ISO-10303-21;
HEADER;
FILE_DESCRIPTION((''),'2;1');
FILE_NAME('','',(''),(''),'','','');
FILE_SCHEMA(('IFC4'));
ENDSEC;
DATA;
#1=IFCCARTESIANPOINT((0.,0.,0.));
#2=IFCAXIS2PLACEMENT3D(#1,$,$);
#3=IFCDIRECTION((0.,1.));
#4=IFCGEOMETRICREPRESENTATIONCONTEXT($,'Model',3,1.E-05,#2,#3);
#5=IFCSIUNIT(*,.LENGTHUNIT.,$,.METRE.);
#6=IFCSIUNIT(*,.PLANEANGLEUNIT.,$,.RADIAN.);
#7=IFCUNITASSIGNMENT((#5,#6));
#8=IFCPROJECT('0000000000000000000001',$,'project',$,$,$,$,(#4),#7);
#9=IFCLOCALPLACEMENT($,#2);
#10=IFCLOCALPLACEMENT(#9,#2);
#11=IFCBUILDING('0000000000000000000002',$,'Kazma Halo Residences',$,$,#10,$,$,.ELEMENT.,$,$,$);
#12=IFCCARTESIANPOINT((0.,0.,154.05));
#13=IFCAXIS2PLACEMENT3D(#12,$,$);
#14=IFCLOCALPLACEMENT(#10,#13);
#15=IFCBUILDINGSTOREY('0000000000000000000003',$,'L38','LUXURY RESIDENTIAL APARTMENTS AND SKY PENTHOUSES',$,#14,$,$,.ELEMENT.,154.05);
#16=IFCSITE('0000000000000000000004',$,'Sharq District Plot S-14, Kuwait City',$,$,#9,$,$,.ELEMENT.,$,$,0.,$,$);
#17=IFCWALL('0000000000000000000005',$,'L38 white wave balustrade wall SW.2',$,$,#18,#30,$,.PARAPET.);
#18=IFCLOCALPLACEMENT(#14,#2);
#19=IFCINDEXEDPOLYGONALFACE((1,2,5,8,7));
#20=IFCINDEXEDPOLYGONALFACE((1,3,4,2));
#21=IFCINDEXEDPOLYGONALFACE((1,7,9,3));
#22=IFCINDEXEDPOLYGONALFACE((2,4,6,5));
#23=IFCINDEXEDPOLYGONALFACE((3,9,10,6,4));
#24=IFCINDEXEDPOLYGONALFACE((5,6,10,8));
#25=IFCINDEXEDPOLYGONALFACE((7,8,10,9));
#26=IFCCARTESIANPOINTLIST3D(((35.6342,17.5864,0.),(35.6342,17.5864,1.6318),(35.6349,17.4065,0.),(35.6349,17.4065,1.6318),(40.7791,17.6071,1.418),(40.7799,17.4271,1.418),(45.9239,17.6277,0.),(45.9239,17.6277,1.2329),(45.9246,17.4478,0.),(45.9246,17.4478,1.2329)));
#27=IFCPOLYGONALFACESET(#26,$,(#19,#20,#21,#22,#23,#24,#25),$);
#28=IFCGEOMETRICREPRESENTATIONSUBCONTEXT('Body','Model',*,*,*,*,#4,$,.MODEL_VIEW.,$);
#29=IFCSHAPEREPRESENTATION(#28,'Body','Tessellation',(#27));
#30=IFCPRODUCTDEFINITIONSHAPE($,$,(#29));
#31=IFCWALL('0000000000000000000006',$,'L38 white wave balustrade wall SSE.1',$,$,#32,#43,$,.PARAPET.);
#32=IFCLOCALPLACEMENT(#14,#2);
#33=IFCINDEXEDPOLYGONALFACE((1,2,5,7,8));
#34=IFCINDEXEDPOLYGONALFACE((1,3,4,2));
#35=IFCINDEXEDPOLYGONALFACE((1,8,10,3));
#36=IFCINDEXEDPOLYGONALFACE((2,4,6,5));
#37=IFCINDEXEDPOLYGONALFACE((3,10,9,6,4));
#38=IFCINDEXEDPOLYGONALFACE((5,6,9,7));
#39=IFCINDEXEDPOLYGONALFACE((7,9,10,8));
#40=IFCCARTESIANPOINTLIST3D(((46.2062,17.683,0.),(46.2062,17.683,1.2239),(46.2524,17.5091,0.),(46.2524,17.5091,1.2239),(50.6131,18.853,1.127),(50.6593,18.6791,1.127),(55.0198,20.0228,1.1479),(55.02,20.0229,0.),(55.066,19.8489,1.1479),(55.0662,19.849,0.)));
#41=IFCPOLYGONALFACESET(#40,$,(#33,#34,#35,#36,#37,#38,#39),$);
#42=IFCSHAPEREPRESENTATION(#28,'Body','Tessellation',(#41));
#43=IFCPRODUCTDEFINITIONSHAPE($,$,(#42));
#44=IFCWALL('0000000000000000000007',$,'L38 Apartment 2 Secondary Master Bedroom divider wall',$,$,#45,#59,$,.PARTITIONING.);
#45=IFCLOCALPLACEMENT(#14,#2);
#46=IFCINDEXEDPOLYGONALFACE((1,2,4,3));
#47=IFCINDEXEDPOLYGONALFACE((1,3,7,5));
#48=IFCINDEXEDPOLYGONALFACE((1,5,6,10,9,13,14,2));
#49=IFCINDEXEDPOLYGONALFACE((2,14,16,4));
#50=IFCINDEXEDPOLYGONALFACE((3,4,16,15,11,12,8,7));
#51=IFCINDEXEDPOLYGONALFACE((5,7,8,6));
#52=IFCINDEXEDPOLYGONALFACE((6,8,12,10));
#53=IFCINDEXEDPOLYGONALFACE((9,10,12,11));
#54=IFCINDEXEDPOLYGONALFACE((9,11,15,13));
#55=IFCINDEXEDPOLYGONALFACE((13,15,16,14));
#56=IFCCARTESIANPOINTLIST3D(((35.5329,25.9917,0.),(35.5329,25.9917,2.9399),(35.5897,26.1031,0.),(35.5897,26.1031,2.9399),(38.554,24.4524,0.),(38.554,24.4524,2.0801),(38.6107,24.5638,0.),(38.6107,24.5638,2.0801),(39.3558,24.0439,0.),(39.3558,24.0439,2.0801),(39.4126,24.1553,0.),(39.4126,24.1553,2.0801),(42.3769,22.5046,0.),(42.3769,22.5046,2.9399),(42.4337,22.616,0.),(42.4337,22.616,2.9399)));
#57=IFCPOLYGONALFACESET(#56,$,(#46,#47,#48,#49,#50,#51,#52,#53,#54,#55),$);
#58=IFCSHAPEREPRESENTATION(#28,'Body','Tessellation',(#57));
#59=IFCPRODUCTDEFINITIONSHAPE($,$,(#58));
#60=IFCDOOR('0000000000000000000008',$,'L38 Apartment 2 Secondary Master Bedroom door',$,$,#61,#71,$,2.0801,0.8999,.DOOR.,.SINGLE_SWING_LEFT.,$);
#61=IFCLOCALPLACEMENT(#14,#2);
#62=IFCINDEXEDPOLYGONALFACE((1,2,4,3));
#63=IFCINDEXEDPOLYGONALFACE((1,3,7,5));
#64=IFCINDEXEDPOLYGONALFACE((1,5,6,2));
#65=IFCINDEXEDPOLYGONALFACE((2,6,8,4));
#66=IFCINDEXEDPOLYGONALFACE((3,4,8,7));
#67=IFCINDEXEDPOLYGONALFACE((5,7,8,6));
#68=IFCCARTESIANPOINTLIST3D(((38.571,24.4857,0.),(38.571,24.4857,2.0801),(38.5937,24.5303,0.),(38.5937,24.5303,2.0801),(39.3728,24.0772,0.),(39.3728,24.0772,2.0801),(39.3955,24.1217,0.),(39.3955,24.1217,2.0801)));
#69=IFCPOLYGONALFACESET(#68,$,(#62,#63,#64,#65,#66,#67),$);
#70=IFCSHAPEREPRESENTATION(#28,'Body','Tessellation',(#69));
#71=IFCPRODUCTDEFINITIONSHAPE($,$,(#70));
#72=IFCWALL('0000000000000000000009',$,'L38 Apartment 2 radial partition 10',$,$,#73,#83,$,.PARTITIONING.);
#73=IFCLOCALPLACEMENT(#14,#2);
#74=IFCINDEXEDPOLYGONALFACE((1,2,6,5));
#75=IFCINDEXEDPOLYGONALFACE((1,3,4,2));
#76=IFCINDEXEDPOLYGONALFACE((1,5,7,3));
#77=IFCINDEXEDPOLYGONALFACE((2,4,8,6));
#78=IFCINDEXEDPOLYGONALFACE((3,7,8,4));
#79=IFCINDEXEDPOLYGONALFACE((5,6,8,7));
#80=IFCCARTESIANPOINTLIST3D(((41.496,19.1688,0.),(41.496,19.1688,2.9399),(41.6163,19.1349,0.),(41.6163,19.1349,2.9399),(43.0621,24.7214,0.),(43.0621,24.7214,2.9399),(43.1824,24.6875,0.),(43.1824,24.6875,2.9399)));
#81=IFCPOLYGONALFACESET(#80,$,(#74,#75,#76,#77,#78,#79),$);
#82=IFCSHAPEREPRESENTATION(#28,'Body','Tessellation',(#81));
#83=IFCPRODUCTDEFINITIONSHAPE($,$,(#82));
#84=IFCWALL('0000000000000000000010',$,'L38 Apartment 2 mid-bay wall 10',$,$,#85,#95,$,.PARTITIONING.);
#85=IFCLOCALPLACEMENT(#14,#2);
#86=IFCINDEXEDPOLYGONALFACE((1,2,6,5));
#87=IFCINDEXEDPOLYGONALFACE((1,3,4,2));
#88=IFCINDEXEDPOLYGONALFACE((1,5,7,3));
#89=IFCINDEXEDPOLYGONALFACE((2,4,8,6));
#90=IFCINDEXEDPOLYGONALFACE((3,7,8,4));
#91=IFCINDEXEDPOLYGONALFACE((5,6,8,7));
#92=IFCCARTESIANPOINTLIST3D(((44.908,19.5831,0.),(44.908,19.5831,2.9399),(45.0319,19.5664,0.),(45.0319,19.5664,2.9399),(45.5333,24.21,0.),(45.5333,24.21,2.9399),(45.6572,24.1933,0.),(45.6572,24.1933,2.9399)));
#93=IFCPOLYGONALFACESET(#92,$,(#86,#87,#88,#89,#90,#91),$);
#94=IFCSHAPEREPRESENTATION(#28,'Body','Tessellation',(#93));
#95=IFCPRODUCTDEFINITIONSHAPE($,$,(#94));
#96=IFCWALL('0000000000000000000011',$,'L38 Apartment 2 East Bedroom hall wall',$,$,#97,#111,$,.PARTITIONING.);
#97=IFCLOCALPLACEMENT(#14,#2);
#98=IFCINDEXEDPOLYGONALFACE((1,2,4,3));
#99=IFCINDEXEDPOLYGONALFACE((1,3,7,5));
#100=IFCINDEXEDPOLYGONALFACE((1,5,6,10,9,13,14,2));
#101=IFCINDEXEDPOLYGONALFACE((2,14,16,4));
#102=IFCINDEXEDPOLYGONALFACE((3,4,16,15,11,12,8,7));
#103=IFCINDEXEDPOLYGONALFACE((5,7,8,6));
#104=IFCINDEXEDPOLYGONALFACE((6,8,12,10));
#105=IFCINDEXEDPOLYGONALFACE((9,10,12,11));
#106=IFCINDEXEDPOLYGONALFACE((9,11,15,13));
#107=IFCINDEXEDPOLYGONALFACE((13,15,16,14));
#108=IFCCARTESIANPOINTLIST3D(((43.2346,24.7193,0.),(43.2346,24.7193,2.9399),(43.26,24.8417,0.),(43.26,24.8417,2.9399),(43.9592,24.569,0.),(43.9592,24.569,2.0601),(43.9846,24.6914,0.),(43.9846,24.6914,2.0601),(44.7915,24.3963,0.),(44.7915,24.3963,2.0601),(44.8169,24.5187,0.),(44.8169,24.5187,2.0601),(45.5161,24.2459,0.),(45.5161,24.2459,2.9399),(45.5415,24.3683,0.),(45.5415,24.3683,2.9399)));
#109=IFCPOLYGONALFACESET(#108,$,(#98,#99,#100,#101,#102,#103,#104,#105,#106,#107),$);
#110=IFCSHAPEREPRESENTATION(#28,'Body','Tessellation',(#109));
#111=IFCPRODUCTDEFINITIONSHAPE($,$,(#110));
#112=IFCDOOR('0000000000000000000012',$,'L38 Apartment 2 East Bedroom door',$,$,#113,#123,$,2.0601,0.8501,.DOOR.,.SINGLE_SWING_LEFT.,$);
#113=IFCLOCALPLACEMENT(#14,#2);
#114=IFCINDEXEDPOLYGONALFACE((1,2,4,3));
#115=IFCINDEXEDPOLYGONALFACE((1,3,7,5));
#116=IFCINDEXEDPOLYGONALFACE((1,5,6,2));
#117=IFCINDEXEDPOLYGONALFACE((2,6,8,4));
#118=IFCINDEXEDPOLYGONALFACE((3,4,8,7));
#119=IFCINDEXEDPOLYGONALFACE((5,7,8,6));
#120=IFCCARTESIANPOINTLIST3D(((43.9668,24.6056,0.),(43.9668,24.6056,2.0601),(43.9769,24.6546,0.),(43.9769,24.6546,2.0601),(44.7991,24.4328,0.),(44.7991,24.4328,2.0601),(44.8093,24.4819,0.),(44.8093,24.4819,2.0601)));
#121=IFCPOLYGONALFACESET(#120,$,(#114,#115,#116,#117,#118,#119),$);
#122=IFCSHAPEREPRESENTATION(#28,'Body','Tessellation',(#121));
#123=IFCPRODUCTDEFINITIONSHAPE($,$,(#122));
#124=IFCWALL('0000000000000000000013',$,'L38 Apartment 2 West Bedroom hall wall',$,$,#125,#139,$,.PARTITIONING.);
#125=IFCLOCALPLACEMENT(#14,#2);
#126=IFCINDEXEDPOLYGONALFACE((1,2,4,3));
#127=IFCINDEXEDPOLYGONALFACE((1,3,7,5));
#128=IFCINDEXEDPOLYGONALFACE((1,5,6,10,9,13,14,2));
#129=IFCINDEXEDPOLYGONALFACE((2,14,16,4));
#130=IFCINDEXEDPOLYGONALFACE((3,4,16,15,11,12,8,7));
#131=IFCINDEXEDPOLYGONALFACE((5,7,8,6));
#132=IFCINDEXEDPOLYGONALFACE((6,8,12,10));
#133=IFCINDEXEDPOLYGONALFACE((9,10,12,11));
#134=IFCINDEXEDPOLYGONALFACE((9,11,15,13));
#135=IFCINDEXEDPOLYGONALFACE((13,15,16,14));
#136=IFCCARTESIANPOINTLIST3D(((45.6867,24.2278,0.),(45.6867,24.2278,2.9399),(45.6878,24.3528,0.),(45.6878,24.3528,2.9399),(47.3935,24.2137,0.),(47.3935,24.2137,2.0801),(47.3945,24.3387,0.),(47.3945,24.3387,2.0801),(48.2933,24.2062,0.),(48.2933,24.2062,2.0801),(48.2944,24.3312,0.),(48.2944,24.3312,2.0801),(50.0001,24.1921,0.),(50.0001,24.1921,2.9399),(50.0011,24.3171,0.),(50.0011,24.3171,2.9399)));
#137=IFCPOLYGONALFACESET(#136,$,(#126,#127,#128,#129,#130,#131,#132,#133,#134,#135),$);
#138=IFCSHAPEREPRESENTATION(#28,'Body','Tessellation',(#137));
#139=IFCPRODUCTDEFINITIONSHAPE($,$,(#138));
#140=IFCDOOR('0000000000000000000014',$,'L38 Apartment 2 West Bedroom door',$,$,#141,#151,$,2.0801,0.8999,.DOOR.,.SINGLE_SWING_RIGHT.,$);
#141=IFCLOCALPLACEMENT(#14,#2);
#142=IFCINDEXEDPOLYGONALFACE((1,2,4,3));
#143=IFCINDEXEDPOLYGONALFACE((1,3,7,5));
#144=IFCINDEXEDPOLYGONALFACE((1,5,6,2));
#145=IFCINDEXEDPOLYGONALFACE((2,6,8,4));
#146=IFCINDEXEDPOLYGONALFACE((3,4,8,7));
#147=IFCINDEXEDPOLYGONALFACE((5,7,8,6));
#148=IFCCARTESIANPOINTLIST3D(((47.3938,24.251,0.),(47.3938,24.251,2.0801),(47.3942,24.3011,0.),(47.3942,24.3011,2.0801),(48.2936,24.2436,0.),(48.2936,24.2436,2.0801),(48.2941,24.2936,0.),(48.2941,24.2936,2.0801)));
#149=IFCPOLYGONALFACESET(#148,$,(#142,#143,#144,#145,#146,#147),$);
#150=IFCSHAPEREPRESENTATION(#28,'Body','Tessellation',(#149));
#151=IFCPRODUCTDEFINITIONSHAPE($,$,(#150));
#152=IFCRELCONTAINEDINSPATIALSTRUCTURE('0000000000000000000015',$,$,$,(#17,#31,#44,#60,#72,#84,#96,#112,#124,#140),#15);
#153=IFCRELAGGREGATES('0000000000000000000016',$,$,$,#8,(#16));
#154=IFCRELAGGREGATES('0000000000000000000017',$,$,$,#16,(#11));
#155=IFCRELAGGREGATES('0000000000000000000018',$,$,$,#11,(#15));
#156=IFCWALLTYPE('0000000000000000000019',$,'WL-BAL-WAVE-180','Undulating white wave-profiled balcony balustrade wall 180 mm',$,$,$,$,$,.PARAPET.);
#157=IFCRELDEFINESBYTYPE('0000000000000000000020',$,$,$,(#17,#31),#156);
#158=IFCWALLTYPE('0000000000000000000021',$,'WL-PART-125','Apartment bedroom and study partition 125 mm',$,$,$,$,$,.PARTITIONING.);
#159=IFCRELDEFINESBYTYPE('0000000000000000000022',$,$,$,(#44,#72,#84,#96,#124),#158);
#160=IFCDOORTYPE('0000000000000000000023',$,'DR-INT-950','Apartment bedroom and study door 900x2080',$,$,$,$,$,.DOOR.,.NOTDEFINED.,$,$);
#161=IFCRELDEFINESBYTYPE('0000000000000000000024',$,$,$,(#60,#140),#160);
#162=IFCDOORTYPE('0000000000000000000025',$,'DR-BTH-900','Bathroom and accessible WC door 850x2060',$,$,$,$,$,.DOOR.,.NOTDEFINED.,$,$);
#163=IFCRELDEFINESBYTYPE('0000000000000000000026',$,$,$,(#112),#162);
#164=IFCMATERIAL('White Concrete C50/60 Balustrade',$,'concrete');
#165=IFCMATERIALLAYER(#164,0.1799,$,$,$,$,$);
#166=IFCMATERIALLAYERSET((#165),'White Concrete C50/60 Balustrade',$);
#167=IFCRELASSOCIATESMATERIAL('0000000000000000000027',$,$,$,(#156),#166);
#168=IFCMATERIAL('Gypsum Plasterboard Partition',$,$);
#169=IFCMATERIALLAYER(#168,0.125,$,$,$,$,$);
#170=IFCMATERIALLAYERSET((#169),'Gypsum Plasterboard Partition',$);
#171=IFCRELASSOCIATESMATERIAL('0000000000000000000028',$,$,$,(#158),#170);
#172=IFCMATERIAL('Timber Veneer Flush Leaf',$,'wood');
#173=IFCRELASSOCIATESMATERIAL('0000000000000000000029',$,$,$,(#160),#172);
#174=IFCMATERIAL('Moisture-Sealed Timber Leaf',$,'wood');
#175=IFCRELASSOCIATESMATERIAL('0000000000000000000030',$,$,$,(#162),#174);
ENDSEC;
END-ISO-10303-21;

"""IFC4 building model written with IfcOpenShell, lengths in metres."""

from ifc_helpers import new_model, si_unit, direction, frame, frame_2d, origin, place, context, subcontext, project, spatial, polyline, rectangle, outline, extrude, material, layer, layer_set, type_object, element, fill, save


model = new_model("IFC4")

# Units and contexts
model_context = context("Model", 3, precision=1e-05, world=origin(), true_north=direction((0.0, 1.0)))
body_context = subcontext(model_context, "Body", "Model", "MODEL_VIEW")
ifc_project = project(units=[si_unit("LENGTHUNIT", "METRE"), si_unit("PLANEANGLEUNIT", "RADIAN")], contexts=[model_context])

# Site, building, storey
site_placement = place(None, origin())
site = spatial("IfcSite", under=ifc_project, at=site_placement, Name="Sharq District Plot S-14, Kuwait City", CompositionType="ELEMENT", RefElevation=0.0)
building_placement = place(site_placement, origin())
building = spatial("IfcBuilding", under=site, at=building_placement, Name="Kazma Halo Residences", CompositionType="ELEMENT")
storey_placement = place(building_placement, frame((0.0, 0.0, 154.05)))
storey = spatial("IfcBuildingStorey", under=building, at=storey_placement, Name="L38", Description="LUXURY RESIDENTIAL APARTMENTS AND SKY PENTHOUSES", CompositionType="ELEMENT", Elevation=154.05)

# Walls
ifc_material_1 = material(Name="White Concrete C50/60 Balustrade", Category="concrete")
ifc_layer_1 = layer(ifc_material_1, 0.1799)
ifc_layer_set_1 = layer_set([ifc_layer_1], Name="White Concrete C50/60 Balustrade")
wall_type_1 = type_object("IfcWallType", Name="WL-BAL-WAVE-180", Description="Undulating white wave-profiled balcony balustrade wall 180 mm", PredefinedType="PARAPET", material=ifc_layer_set_1)
wall_1_placement = place(storey_placement, frame((35.6345, 17.4966, 0.0), z_axis=(0.0, 0.0, 1.0), x_axis=(0.999992, 0.00401, 0.0)))
element("IfcWall", 1, at=wall_1_placement, inside=storey, type_object=wall_type_1, Name="L38 white wave balustrade wall SW.2", PredefinedType="PARAPET", context=body_context, shape_type="SweptSolid", body=[
    extrude(outline(polyline([(0.0, 0.0), (10.2898, 0.0), (10.2898, 1.2329), (5.145, 1.418), (0.0, 1.6318), (0.0, 0.0)])), frame((0.0, 0.0898, 0.0), z_axis=(0.0, -1.0, 0.0), x_axis=(1.0, 0.0, 0.0)), (0.0, 0.0, 1.0), 0.1799),
])
wall_2_placement = place(storey_placement, frame((46.2292, 17.5962, 0.0), z_axis=(0.0, 0.0, 1.0), x_axis=(0.966521, 0.256589, 0.0)))
element("IfcWall", 2, at=wall_2_placement, inside=storey, type_object=wall_type_1, Name="L38 white wave balustrade wall SSE.1", PredefinedType="PARAPET", context=body_context, shape_type="SweptSolid", body=[
    extrude(outline(polyline([(0.0, 0.0), (9.1191, 0.0), (9.1189, 1.1479), (4.5596, 1.127), (0.0, 1.2239), (0.0, 0.0)])), frame((0.0, 0.0898, 0.0), z_axis=(0.0, -1.0, 0.0), x_axis=(1.0, 0.0, 0.0)), (0.0, 0.0, 1.0), 0.1799),
])

# Wall, opening, door
ifc_material_2 = material(Name="Gypsum Plasterboard Partition")
ifc_layer_2 = layer(ifc_material_2, 0.125)
ifc_layer_set_2 = layer_set([ifc_layer_2], Name="Gypsum Plasterboard Partition")
wall_type_2 = type_object("IfcWallType", Name="WL-PART-125", Description="Apartment bedroom and study partition 125 mm", PredefinedType="PARTITIONING", material=ifc_layer_set_2)
wall_3_placement = place(storey_placement, frame((35.5613, 26.0474, 0.0), z_axis=(0.0, 0.0, 1.0), x_axis=(0.891013, -0.453977, 0.0)))
wall_3 = element("IfcWall", 3, at=wall_3_placement, inside=storey, type_object=wall_type_2, Name="L38 Apartment 2 Secondary Master Bedroom divider wall", PredefinedType="PARTITIONING", context=body_context, shape_type="SweptSolid", body=[
    extrude(rectangle(XDim=7.6812, YDim=0.125, at=frame_2d((3.8406, 0.0))), origin(), (0.0, 0.0, 1.0), 2.9399),
])
opening_1_placement = place(wall_3_placement, frame((3.3906, 0.0, 0.0)))
opening_1 = element("IfcOpeningElement", 4, at=opening_1_placement, cuts=wall_3, PredefinedType="OPENING", context=body_context, shape_type="SweptSolid", body=[
    extrude(rectangle(XDim=0.8999, YDim=2.0801, at=frame_2d((0.45, 1.04))), frame((0.0, 0.0725, 0.0), z_axis=(0.0, -1.0, 0.0), x_axis=(1.0, 0.0, 0.0)), (0.0, 0.0, 1.0), 0.145),
])
ifc_material_3 = material(Name="Timber Veneer Flush Leaf", Category="wood")
door_type_1 = type_object("IfcDoorType", Name="DR-INT-950", Description="Apartment bedroom and study door 900x2080", OperationType="NOTDEFINED", PredefinedType="DOOR", material=ifc_material_3)
door_1_placement = place(opening_1_placement, origin())
door_1 = element("IfcDoor", 5, at=door_1_placement, inside=storey, type_object=door_type_1, Name="L38 Apartment 2 Secondary Master Bedroom door", OperationType="SINGLE_SWING_LEFT", OverallHeight=2.0801, OverallWidth=0.8999, PredefinedType="DOOR", context=body_context, shape_type="SweptSolid", body=[
    extrude(rectangle(XDim=0.8999, YDim=2.0801, at=frame_2d((0.45, 1.04))), frame((0.0, 0.0249, 0.0), z_axis=(0.0, -1.0, 0.0), x_axis=(1.0, 0.0, 0.0)), (0.0, 0.0, 1.0), 0.05),
])
fill(opening_1, door_1)

# Walls
wall_4_placement = place(storey_placement, frame((43.1223, 24.7046, 0.0), z_axis=(0.0, 0.0, 1.0), x_axis=(-0.271461, -0.962449, 0.0)))
element("IfcWall", 6, at=wall_4_placement, inside=storey, type_object=wall_type_2, Name="L38 Apartment 2 radial partition 10", PredefinedType="PARTITIONING", context=body_context, shape_type="SweptSolid", body=[
    extrude(rectangle(XDim=5.7693, YDim=0.125, at=frame_2d((2.8848, 0.0))), origin(), (0.0, 0.0, 1.0), 2.9399),
])
wall_5_placement = place(storey_placement, frame((45.5952, 24.2017, 0.0), z_axis=(0.0, 0.0, 1.0), x_axis=(-0.133914, -0.990993, 0.0)))
element("IfcWall", 7, at=wall_5_placement, inside=storey, type_object=wall_type_2, Name="L38 Apartment 2 mid-bay wall 10", PredefinedType="PARTITIONING", context=body_context, shape_type="SweptSolid", body=[
    extrude(rectangle(XDim=4.6689, YDim=0.125, at=frame_2d((2.3345, 0.0))), origin(), (0.0, 0.0, 1.0), 2.9399),
])

# Walls, openings, doors
wall_6_placement = place(storey_placement, frame((43.2473, 24.7805, 0.0), z_axis=(0.0, 0.0, 1.0), x_axis=(0.979145, -0.203163, 0.0)))
wall_6 = element("IfcWall", 8, at=wall_6_placement, inside=storey, type_object=wall_type_2, Name="L38 Apartment 2 East Bedroom hall wall", PredefinedType="PARTITIONING", context=body_context, shape_type="SweptSolid", body=[
    extrude(rectangle(XDim=2.3301, YDim=0.125, at=frame_2d((1.165, 0.0))), origin(), (0.0, 0.0, 1.0), 2.9399),
])
opening_2_placement = place(wall_6_placement, frame((0.74, 0.0, 0.0)))
opening_2 = element("IfcOpeningElement", 9, at=opening_2_placement, cuts=wall_6, PredefinedType="OPENING", context=body_context, shape_type="SweptSolid", body=[
    extrude(rectangle(XDim=0.8501, YDim=2.0601, at=frame_2d((0.425, 1.03))), frame((0.0, 0.0725, 0.0), z_axis=(0.0, -1.0, 0.0), x_axis=(1.0, 0.0, 0.0)), (0.0, 0.0, 1.0), 0.145),
])
ifc_material_4 = material(Name="Moisture-Sealed Timber Leaf", Category="wood")
door_type_2 = type_object("IfcDoorType", Name="DR-BTH-900", Description="Bathroom and accessible WC door 850x2060", OperationType="NOTDEFINED", PredefinedType="DOOR", material=ifc_material_4)
door_2_placement = place(opening_2_placement, origin())
door_2 = element("IfcDoor", 10, at=door_2_placement, inside=storey, type_object=door_type_2, Name="L38 Apartment 2 East Bedroom door", OperationType="SINGLE_SWING_LEFT", OverallHeight=2.0601, OverallWidth=0.8501, PredefinedType="DOOR", context=body_context, shape_type="SweptSolid", body=[
    extrude(rectangle(XDim=0.8501, YDim=2.0601, at=frame_2d((0.425, 1.03))), frame((0.0, 0.0249, 0.0), z_axis=(0.0, -1.0, 0.0), x_axis=(1.0, 0.0, 0.0)), (0.0, 0.0, 1.0), 0.05),
])
fill(opening_2, door_2)
wall_7_placement = place(storey_placement, frame((45.6873, 24.2903, 0.0), z_axis=(0.0, 0.0, 1.0), x_axis=(0.999966, -0.008264, 0.0)))
wall_7 = element("IfcWall", 11, at=wall_7_placement, inside=storey, type_object=wall_type_2, Name="L38 Apartment 2 West Bedroom hall wall", PredefinedType="PARTITIONING", context=body_context, shape_type="SweptSolid", body=[
    extrude(rectangle(XDim=4.3135, YDim=0.125, at=frame_2d((2.1567, 0.0))), origin(), (0.0, 0.0, 1.0), 2.9399),
])
opening_3_placement = place(wall_7_placement, frame((1.7068, 0.0, 0.0)))
opening_3 = element("IfcOpeningElement", 12, at=opening_3_placement, cuts=wall_7, PredefinedType="OPENING", context=body_context, shape_type="SweptSolid", body=[
    extrude(rectangle(XDim=0.8999, YDim=2.0801, at=frame_2d((0.45, 1.04))), frame((0.0, 0.0725, 0.0), z_axis=(0.0, -1.0, 0.0), x_axis=(1.0, 0.0, 0.0)), (0.0, 0.0, 1.0), 0.145),
])
door_3_placement = place(opening_3_placement, origin())
door_3 = element("IfcDoor", 13, at=door_3_placement, inside=storey, type_object=door_type_1, Name="L38 Apartment 2 West Bedroom door", OperationType="SINGLE_SWING_RIGHT", OverallHeight=2.0801, OverallWidth=0.8999, PredefinedType="DOOR", context=body_context, shape_type="SweptSolid", body=[
    extrude(rectangle(XDim=0.8999, YDim=2.0801, at=frame_2d((0.45, 1.04))), frame((0.0, 0.0249, 0.0), z_axis=(0.0, -1.0, 0.0), x_axis=(1.0, 0.0, 0.0)), (0.0, 0.0, 1.0), 0.05),
])
fill(opening_3, door_3)

save(model, "model.ifc")
